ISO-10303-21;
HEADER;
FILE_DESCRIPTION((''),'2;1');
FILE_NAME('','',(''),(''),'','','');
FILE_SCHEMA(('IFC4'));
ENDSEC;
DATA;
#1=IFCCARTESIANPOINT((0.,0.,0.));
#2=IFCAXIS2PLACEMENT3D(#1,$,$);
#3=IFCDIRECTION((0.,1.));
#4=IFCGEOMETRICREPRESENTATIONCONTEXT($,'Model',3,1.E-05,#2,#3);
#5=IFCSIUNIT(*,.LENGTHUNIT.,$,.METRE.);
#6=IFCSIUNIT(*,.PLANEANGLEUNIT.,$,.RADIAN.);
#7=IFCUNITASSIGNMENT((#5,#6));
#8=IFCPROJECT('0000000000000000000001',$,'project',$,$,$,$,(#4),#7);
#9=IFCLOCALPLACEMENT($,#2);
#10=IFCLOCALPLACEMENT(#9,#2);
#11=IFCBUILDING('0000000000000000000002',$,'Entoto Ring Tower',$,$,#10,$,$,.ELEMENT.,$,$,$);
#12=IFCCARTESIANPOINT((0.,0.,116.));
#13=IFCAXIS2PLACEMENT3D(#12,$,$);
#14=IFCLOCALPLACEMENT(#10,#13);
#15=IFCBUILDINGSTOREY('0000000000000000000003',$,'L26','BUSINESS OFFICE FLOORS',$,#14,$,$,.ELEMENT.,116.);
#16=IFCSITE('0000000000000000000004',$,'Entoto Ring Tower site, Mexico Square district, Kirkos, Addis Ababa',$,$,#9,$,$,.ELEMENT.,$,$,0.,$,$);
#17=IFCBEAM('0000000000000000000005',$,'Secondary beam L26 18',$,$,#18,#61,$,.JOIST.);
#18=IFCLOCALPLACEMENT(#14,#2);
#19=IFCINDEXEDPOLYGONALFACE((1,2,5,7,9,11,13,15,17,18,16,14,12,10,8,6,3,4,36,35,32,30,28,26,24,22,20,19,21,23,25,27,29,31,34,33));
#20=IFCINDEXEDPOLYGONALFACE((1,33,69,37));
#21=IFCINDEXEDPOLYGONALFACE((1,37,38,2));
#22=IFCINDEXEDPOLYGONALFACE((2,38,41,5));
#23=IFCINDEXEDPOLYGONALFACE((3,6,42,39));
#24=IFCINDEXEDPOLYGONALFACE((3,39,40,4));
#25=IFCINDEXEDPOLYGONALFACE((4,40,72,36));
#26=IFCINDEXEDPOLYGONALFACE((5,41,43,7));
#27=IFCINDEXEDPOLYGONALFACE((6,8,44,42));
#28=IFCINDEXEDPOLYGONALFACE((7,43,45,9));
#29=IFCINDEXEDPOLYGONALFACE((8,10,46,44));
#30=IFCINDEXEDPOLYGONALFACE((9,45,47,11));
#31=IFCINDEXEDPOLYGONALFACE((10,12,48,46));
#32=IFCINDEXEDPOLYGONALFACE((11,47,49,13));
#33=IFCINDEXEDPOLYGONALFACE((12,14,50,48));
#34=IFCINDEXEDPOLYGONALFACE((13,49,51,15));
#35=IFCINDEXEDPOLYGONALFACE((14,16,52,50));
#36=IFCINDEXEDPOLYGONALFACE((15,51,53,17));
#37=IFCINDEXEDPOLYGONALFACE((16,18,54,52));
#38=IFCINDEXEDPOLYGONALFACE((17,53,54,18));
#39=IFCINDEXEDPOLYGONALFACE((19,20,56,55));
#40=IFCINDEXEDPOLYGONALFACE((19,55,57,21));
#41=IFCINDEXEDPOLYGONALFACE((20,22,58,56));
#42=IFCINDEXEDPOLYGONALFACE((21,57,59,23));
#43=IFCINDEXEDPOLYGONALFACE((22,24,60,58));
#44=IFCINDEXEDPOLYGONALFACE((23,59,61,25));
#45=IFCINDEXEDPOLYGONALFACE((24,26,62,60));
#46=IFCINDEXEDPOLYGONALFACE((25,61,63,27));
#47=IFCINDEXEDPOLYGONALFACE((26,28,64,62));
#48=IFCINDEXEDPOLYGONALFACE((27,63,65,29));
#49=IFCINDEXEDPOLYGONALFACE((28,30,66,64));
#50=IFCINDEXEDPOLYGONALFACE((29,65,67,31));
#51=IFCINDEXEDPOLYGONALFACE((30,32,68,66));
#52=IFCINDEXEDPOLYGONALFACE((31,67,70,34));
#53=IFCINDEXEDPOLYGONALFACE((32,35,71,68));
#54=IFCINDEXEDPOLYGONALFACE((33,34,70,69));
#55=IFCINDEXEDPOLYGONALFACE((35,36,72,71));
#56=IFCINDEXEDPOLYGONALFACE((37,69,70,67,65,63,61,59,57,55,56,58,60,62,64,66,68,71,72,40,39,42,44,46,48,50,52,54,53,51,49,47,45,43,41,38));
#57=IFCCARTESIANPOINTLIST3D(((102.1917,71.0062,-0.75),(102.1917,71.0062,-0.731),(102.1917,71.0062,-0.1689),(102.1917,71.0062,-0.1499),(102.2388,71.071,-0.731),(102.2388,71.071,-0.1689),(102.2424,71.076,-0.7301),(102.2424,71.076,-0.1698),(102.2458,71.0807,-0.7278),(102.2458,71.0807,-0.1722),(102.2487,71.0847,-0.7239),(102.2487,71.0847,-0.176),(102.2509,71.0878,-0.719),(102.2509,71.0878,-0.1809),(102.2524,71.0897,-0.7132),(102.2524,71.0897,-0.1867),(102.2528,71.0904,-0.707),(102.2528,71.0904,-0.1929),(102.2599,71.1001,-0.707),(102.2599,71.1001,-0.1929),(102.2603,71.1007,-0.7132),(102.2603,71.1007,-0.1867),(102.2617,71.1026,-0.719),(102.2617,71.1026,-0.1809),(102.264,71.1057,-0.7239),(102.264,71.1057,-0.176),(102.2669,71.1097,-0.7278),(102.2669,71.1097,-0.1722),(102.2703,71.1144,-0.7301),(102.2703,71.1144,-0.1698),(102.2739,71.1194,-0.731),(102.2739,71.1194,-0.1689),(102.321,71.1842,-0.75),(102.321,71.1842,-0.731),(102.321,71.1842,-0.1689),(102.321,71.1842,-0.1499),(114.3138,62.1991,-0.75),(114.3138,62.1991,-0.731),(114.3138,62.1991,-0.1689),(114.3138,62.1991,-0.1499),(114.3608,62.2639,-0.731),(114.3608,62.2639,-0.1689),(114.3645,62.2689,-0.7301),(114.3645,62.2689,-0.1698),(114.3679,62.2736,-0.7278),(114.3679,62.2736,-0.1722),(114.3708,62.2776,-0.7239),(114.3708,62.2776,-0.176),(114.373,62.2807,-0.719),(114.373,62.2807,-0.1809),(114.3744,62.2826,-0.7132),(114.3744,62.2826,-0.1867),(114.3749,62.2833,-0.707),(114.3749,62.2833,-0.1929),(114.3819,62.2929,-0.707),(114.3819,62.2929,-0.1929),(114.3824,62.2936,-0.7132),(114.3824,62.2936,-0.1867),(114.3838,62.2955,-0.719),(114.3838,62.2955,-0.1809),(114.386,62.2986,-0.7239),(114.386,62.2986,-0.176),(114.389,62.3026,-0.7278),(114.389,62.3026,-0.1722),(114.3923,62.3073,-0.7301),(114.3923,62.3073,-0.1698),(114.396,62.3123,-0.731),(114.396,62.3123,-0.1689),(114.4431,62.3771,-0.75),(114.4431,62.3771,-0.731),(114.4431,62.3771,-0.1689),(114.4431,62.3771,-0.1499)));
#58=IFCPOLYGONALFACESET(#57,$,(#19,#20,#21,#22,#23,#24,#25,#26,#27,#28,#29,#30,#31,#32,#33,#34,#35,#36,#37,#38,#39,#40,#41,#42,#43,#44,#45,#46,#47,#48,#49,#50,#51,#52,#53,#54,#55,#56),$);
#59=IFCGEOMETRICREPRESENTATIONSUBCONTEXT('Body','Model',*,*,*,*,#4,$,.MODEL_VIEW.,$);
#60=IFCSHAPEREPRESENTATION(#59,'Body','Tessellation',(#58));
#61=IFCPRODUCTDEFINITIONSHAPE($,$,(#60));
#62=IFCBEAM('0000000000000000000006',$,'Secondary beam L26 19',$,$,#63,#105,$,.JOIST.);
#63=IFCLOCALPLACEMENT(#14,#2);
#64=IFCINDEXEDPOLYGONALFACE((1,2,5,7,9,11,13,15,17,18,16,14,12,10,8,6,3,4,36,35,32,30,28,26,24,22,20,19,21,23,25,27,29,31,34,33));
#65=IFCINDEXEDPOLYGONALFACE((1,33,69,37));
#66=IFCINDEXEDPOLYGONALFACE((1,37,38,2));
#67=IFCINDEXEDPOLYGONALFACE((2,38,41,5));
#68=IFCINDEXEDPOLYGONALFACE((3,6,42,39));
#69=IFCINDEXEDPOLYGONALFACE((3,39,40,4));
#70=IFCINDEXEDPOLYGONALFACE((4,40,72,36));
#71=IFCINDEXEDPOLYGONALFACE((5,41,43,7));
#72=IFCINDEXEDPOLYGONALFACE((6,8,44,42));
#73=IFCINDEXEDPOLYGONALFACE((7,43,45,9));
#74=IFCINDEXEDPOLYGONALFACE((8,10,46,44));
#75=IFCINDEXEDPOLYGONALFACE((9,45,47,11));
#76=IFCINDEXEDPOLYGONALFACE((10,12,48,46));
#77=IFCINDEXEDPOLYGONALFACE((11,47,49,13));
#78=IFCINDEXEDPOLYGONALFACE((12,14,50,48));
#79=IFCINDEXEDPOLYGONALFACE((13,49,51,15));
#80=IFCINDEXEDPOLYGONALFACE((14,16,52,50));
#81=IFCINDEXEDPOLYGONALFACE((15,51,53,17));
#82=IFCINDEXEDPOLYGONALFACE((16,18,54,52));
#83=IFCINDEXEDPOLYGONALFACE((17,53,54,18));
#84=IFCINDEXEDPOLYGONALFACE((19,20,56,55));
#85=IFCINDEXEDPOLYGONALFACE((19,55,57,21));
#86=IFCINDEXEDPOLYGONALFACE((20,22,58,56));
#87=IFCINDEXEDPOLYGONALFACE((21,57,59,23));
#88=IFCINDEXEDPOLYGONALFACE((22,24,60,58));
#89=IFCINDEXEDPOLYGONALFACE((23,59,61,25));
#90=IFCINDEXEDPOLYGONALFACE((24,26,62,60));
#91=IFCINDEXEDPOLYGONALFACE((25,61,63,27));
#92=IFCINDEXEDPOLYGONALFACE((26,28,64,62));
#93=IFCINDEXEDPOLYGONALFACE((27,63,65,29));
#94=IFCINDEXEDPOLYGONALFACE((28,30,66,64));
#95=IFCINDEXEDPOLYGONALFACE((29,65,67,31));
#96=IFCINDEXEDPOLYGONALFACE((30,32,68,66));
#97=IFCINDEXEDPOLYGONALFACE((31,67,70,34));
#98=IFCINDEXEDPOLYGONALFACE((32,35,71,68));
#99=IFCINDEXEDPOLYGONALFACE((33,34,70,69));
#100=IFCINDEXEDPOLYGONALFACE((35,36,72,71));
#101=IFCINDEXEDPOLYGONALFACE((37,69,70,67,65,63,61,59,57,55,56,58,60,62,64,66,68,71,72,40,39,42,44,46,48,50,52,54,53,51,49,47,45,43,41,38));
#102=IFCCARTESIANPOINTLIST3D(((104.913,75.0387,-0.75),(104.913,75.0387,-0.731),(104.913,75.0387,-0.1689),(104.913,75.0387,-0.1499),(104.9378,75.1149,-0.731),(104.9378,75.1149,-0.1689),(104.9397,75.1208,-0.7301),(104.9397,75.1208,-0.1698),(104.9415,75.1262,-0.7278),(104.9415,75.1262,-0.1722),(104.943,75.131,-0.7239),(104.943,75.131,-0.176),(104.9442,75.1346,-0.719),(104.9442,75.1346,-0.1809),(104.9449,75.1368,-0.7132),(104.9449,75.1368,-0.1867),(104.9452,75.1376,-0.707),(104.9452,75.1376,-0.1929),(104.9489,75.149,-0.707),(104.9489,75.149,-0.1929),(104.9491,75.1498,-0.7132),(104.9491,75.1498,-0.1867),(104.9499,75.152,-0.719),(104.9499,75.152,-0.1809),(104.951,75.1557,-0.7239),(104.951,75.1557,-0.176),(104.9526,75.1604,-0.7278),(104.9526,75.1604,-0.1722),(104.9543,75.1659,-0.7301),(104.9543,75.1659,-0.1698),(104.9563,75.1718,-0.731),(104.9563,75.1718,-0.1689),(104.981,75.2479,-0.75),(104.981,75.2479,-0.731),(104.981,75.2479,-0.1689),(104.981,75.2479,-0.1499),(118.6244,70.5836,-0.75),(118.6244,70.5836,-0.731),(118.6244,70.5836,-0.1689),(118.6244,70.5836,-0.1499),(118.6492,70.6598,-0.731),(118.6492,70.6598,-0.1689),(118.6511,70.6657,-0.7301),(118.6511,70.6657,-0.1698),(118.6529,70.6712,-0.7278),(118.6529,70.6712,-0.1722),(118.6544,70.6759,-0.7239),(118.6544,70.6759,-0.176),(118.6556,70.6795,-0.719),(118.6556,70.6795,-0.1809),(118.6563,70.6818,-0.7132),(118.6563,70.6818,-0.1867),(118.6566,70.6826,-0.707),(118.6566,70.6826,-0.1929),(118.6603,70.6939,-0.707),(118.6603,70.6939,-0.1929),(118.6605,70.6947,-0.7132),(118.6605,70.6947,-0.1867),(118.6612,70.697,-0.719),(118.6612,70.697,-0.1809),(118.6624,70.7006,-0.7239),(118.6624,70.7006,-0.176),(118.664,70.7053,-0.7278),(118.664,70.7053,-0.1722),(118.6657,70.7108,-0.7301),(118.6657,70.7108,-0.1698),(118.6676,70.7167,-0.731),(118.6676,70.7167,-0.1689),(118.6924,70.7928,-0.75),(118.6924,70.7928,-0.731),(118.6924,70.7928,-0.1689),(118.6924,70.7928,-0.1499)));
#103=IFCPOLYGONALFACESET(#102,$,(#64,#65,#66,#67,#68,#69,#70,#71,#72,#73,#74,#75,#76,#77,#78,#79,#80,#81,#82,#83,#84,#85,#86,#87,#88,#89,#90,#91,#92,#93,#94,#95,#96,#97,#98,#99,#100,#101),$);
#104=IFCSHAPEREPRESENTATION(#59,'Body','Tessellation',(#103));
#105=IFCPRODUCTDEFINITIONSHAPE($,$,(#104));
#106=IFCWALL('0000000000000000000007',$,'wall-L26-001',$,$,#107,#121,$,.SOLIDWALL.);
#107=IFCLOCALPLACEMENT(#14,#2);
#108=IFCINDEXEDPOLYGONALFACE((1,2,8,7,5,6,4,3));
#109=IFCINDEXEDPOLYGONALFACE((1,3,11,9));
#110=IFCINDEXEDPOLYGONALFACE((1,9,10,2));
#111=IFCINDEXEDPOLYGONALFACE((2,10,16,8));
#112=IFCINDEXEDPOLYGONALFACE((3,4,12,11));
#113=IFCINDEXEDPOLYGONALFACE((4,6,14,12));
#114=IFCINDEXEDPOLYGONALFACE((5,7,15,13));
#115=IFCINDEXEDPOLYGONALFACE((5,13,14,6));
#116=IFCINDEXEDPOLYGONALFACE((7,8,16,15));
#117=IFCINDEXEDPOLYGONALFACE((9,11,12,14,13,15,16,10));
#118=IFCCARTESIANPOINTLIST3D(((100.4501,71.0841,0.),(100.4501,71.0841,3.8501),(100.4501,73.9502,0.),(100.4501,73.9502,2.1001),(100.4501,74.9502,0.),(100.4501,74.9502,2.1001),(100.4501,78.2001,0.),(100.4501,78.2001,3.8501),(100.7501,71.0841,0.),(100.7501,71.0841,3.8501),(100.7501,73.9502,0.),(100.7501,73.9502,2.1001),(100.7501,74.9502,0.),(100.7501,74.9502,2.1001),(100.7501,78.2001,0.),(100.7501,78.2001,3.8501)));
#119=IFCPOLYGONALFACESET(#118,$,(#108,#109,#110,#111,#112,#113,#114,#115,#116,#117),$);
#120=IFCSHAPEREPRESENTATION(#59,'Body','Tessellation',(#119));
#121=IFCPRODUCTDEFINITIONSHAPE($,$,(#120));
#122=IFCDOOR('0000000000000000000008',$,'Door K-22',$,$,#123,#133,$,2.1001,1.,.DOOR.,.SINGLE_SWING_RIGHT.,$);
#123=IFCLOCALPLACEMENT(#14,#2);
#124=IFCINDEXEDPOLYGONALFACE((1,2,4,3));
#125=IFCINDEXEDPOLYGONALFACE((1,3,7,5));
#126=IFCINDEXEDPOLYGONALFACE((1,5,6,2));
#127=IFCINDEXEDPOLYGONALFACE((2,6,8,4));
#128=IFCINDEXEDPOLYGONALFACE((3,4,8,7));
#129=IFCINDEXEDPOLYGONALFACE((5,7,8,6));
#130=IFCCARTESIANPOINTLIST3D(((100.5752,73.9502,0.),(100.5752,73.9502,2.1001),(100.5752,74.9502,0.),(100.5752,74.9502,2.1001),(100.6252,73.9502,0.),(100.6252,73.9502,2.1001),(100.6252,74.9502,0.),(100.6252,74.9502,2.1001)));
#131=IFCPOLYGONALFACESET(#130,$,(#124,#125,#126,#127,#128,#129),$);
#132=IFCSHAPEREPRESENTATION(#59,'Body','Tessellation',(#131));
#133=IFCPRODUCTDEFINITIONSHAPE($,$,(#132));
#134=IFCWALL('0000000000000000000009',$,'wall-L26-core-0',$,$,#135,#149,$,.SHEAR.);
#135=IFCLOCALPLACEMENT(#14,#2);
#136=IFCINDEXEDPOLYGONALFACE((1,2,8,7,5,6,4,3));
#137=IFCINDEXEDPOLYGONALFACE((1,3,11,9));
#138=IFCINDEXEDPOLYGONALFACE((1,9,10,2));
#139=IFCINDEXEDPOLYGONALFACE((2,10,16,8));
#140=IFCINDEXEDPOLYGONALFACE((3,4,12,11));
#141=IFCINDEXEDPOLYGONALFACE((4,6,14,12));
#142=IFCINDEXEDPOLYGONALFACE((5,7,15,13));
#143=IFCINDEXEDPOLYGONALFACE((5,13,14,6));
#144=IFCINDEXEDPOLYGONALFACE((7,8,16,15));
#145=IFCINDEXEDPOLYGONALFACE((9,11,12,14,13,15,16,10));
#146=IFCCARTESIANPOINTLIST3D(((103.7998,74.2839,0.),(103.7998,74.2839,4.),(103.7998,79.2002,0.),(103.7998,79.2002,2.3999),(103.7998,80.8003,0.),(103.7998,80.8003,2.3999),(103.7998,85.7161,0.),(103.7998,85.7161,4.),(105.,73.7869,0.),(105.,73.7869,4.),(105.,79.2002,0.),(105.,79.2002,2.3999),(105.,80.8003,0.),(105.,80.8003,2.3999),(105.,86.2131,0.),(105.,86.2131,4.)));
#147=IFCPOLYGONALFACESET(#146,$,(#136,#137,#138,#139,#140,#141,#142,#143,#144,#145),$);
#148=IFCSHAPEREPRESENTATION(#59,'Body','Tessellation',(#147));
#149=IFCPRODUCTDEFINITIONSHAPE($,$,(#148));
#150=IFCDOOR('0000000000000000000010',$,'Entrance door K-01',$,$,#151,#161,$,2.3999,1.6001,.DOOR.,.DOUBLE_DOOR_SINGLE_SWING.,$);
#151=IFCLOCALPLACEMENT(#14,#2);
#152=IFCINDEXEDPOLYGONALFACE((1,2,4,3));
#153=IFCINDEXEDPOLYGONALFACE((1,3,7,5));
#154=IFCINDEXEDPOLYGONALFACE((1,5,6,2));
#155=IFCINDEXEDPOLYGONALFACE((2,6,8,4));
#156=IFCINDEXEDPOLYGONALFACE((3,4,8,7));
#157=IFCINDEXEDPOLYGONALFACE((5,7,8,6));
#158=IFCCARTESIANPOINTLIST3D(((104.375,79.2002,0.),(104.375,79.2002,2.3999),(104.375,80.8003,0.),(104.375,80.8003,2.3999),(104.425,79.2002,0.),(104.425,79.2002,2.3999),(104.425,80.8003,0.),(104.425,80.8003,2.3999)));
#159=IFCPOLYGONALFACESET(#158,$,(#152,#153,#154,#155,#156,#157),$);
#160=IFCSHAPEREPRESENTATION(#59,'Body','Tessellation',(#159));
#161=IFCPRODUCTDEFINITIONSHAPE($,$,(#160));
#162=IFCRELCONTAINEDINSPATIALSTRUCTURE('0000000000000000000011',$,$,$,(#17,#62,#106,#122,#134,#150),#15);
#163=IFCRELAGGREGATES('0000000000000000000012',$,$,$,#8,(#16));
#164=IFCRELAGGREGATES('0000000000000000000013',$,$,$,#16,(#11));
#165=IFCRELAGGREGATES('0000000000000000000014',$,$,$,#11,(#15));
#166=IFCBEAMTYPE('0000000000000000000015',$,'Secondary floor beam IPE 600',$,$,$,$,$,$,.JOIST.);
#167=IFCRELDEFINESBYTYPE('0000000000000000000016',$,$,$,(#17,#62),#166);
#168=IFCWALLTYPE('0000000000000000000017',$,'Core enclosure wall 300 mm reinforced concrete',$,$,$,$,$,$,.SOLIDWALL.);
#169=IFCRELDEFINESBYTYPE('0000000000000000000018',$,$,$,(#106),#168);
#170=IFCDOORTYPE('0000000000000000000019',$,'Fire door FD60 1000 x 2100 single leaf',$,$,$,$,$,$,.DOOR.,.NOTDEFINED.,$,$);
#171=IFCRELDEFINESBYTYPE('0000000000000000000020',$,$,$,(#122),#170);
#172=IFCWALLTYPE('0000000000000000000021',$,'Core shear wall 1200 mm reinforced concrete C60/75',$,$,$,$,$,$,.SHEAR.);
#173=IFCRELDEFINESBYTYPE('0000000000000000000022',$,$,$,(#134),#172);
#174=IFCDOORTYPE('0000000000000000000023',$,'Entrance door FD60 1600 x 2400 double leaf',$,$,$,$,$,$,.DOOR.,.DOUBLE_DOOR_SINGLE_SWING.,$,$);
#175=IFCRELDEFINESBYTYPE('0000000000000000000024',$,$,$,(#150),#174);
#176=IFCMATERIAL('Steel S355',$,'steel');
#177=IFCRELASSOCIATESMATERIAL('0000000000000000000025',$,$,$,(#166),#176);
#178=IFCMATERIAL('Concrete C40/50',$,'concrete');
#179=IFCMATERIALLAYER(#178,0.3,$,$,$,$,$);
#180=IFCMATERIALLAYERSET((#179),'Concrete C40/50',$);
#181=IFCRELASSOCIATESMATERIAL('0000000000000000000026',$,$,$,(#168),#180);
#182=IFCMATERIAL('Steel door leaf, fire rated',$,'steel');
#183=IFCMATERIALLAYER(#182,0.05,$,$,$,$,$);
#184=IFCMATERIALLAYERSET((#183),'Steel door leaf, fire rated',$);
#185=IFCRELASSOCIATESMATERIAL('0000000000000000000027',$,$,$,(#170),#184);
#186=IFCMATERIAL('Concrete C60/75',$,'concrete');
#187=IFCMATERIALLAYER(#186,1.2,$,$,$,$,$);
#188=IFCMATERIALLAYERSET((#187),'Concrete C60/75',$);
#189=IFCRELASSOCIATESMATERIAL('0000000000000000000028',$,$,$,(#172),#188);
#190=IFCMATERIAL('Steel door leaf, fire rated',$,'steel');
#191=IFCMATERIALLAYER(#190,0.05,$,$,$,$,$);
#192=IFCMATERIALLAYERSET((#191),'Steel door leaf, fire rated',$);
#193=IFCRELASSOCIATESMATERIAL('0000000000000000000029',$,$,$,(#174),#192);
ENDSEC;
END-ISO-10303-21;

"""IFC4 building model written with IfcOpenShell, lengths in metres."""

from ifc_helpers import new_model, si_unit, direction, frame, frame_2d, origin, origin_2d, place, context, subcontext, project, spatial, polyline, rectangle, i_section, outline, extrude, material, layer, layer_set, material_profile, profile_set, type_object, element, fill, save


model = new_model("IFC4")

# Units and contexts
model_context = context("Model", 3, precision=1e-05, world=origin(), true_north=direction((0.0, 1.0)))
body_context = subcontext(model_context, "Body", "Model", "MODEL_VIEW")
ifc_project = project(units=[si_unit("LENGTHUNIT", "METRE"), si_unit("PLANEANGLEUNIT", "RADIAN")], contexts=[model_context])

# Site, building, storey
site_placement = place(None, origin())
site = spatial("IfcSite", under=ifc_project, at=site_placement, Name="Entoto Ring Tower site, Mexico Square district, Kirkos, Addis Ababa", CompositionType="ELEMENT", RefElevation=0.0)
building_placement = place(site_placement, origin())
building = spatial("IfcBuilding", under=site, at=building_placement, Name="Entoto Ring Tower", CompositionType="ELEMENT")
storey_placement = place(building_placement, frame((0.0, 0.0, 116.0)))
storey = spatial("IfcBuildingStorey", under=building, at=storey_placement, Name="L26", Description="BUSINESS OFFICE FLOORS", CompositionType="ELEMENT", Elevation=116.0)

# Beams
ifc_material_1 = material(Name="Steel S355", Category="steel")
ifc_material_profile_1 = material_profile(ifc_material_1, i_section(OverallWidth=0.22, OverallDepth=0.6001, WebThickness=0.012, FlangeThickness=0.019, FilletRadius=0.0239, at=origin_2d()), Name="IPE 600")
ifc_profile_set_1 = profile_set([ifc_material_profile_1], Name="Steel S355")
beam_type_1 = type_object("IfcBeamType", Name="Secondary floor beam IPE 600", PredefinedType="JOIST", material=ifc_profile_set_1)
beam_1_placement = place(storey_placement, frame((102.2563, 71.0952, -0.45), z_axis=(0.809019, -0.587782, 0.0), x_axis=(0.587782, 0.809019, 0.0)))
element("IfcBeam", 1, at=beam_1_placement, inside=storey, type_object=beam_type_1, Name="Secondary beam L26 18", PredefinedType="JOIST", context=body_context, shape_type="SweptSolid", body=[
    extrude(i_section(OverallWidth=0.22, OverallDepth=0.6001, WebThickness=0.012, FlangeThickness=0.019, FilletRadius=0.0239, at=origin_2d()), origin(), (0.0, 0.0, 1.0), 14.9836),
])
beam_2_placement = place(storey_placement, frame((104.947, 75.1433, -0.45), z_axis=(0.951057, -0.309015, 0.0), x_axis=(0.309015, 0.951057, 0.0)))
element("IfcBeam", 2, at=beam_2_placement, inside=storey, type_object=beam_type_1, Name="Secondary beam L26 19", PredefinedType="JOIST", context=body_context, shape_type="SweptSolid", body=[
    extrude(i_section(OverallWidth=0.22, OverallDepth=0.6001, WebThickness=0.012, FlangeThickness=0.019, FilletRadius=0.0239, at=origin_2d()), origin(), (0.0, 0.0, 1.0), 14.417),
])

# Walls, openings, doors
ifc_material_2 = material(Name="Concrete C40/50", Category="concrete")
ifc_layer_1 = layer(ifc_material_2, 0.3)
ifc_layer_set_1 = layer_set([ifc_layer_1], Name="Concrete C40/50")
wall_type_1 = type_object("IfcWallType", Name="Core enclosure wall 300 mm reinforced concrete", PredefinedType="SOLIDWALL", material=ifc_layer_set_1)
wall_1_placement = place(storey_placement, frame((100.6001, 71.084, 0.0), z_axis=(0.0, 0.0, 1.0), x_axis=(0.0, 1.0, 0.0)))
wall_1 = element("IfcWall", 3, at=wall_1_placement, inside=storey, type_object=wall_type_1, Name="wall-L26-001", PredefinedType="SOLIDWALL", context=body_context, shape_type="SweptSolid", body=[
    extrude(rectangle(XDim=7.116, YDim=0.3, at=frame_2d((3.5581, 0.0))), origin(), (0.0, 0.0, 1.0), 3.8501),
])
opening_1_placement = place(wall_1_placement, frame((2.8662, 0.0, 0.0)))
opening_1 = element("IfcOpeningElement", 4, at=opening_1_placement, cuts=wall_1, PredefinedType="OPENING", context=body_context, shape_type="SweptSolid", body=[
    extrude(rectangle(XDim=1.0, YDim=2.1001, at=frame_2d((0.5, 1.05))), frame((0.0, 0.1602, 0.0), z_axis=(0.0, -1.0, 0.0), x_axis=(1.0, 0.0, 0.0)), (0.0, 0.0, 1.0), 0.3201),
])
ifc_material_3 = material(Name="Steel door leaf, fire rated", Category="steel")
ifc_layer_2 = layer(ifc_material_3, 0.05)
ifc_layer_set_2 = layer_set([ifc_layer_2], Name="Steel door leaf, fire rated")
door_type_1 = type_object("IfcDoorType", Name="Fire door FD60 1000 x 2100 single leaf", OperationType="NOTDEFINED", PredefinedType="DOOR", material=ifc_layer_set_2)
door_1_placement = place(opening_1_placement, origin())
door_1 = element("IfcDoor", 5, at=door_1_placement, inside=storey, type_object=door_type_1, Name="Door K-22", OperationType="SINGLE_SWING_RIGHT", OverallHeight=2.1001, OverallWidth=1.0, PredefinedType="DOOR", context=body_context, shape_type="SweptSolid", body=[
    extrude(rectangle(XDim=1.0, YDim=2.1001, at=frame_2d((0.5, 1.05))), frame((0.0, 0.0249, 0.0), z_axis=(0.0, -1.0, 0.0), x_axis=(1.0, 0.0, 0.0)), (0.0, 0.0, 1.0), 0.05),
])
fill(opening_1, door_1)
ifc_material_4 = material(Name="Concrete C60/75", Category="concrete")
ifc_layer_3 = layer(ifc_material_4, 1.2)
ifc_layer_set_3 = layer_set([ifc_layer_3], Name="Concrete C60/75")
wall_type_2 = type_object("IfcWallType", Name="Core shear wall 1200 mm reinforced concrete C60/75", PredefinedType="SHEAR", material=ifc_layer_set_3)
wall_2_placement = place(storey_placement, frame((104.3999, 74.0354, 0.0), z_axis=(0.0, 0.0, 1.0), x_axis=(0.0, 1.0, 0.0)))
wall_2 = element("IfcWall", 6, at=wall_2_placement, inside=storey, type_object=wall_type_2, Name="wall-L26-core-0", PredefinedType="SHEAR", context=body_context, shape_type="SweptSolid", body=[
    extrude(outline(polyline([(-0.2485, -0.6001), (12.1777, -0.6001), (11.6807, 0.6001), (0.2485, 0.6001), (-0.2485, -0.6001)])), origin(), (0.0, 0.0, 1.0), 4.0),
])
opening_2_placement = place(wall_2_placement, frame((5.1648, 0.0, 0.0)))
opening_2 = element("IfcOpeningElement", 7, at=opening_2_placement, cuts=wall_2, PredefinedType="OPENING", context=body_context, shape_type="SweptSolid", body=[
    extrude(rectangle(XDim=1.6001, YDim=2.3999, at=frame_2d((0.8, 1.2))), frame((0.0, 0.6099, 0.0), z_axis=(0.0, -1.0, 0.0), x_axis=(1.0, 0.0, 0.0)), (0.0, 0.0, 1.0), 1.22),
])
ifc_material_5 = material(Name="Steel door leaf, fire rated", Category="steel")
ifc_layer_4 = layer(ifc_material_5, 0.05)
ifc_layer_set_4 = layer_set([ifc_layer_4], Name="Steel door leaf, fire rated")
door_type_2 = type_object("IfcDoorType", Name="Entrance door FD60 1600 x 2400 double leaf", OperationType="DOUBLE_DOOR_SINGLE_SWING", PredefinedType="DOOR", material=ifc_layer_set_4)
door_2_placement = place(opening_2_placement, origin())
door_2 = element("IfcDoor", 8, at=door_2_placement, inside=storey, type_object=door_type_2, Name="Entrance door K-01", OperationType="DOUBLE_DOOR_SINGLE_SWING", OverallHeight=2.3999, OverallWidth=1.6001, PredefinedType="DOOR", context=body_context, shape_type="SweptSolid", body=[
    extrude(rectangle(XDim=1.6001, YDim=2.3999, at=frame_2d((0.8, 1.2))), frame((0.0, 0.0249, 0.0), z_axis=(0.0, -1.0, 0.0), x_axis=(1.0, 0.0, 0.0)), (0.0, 0.0, 1.0), 0.05),
])
fill(opening_2, door_2)

save(model, "model.ifc")
